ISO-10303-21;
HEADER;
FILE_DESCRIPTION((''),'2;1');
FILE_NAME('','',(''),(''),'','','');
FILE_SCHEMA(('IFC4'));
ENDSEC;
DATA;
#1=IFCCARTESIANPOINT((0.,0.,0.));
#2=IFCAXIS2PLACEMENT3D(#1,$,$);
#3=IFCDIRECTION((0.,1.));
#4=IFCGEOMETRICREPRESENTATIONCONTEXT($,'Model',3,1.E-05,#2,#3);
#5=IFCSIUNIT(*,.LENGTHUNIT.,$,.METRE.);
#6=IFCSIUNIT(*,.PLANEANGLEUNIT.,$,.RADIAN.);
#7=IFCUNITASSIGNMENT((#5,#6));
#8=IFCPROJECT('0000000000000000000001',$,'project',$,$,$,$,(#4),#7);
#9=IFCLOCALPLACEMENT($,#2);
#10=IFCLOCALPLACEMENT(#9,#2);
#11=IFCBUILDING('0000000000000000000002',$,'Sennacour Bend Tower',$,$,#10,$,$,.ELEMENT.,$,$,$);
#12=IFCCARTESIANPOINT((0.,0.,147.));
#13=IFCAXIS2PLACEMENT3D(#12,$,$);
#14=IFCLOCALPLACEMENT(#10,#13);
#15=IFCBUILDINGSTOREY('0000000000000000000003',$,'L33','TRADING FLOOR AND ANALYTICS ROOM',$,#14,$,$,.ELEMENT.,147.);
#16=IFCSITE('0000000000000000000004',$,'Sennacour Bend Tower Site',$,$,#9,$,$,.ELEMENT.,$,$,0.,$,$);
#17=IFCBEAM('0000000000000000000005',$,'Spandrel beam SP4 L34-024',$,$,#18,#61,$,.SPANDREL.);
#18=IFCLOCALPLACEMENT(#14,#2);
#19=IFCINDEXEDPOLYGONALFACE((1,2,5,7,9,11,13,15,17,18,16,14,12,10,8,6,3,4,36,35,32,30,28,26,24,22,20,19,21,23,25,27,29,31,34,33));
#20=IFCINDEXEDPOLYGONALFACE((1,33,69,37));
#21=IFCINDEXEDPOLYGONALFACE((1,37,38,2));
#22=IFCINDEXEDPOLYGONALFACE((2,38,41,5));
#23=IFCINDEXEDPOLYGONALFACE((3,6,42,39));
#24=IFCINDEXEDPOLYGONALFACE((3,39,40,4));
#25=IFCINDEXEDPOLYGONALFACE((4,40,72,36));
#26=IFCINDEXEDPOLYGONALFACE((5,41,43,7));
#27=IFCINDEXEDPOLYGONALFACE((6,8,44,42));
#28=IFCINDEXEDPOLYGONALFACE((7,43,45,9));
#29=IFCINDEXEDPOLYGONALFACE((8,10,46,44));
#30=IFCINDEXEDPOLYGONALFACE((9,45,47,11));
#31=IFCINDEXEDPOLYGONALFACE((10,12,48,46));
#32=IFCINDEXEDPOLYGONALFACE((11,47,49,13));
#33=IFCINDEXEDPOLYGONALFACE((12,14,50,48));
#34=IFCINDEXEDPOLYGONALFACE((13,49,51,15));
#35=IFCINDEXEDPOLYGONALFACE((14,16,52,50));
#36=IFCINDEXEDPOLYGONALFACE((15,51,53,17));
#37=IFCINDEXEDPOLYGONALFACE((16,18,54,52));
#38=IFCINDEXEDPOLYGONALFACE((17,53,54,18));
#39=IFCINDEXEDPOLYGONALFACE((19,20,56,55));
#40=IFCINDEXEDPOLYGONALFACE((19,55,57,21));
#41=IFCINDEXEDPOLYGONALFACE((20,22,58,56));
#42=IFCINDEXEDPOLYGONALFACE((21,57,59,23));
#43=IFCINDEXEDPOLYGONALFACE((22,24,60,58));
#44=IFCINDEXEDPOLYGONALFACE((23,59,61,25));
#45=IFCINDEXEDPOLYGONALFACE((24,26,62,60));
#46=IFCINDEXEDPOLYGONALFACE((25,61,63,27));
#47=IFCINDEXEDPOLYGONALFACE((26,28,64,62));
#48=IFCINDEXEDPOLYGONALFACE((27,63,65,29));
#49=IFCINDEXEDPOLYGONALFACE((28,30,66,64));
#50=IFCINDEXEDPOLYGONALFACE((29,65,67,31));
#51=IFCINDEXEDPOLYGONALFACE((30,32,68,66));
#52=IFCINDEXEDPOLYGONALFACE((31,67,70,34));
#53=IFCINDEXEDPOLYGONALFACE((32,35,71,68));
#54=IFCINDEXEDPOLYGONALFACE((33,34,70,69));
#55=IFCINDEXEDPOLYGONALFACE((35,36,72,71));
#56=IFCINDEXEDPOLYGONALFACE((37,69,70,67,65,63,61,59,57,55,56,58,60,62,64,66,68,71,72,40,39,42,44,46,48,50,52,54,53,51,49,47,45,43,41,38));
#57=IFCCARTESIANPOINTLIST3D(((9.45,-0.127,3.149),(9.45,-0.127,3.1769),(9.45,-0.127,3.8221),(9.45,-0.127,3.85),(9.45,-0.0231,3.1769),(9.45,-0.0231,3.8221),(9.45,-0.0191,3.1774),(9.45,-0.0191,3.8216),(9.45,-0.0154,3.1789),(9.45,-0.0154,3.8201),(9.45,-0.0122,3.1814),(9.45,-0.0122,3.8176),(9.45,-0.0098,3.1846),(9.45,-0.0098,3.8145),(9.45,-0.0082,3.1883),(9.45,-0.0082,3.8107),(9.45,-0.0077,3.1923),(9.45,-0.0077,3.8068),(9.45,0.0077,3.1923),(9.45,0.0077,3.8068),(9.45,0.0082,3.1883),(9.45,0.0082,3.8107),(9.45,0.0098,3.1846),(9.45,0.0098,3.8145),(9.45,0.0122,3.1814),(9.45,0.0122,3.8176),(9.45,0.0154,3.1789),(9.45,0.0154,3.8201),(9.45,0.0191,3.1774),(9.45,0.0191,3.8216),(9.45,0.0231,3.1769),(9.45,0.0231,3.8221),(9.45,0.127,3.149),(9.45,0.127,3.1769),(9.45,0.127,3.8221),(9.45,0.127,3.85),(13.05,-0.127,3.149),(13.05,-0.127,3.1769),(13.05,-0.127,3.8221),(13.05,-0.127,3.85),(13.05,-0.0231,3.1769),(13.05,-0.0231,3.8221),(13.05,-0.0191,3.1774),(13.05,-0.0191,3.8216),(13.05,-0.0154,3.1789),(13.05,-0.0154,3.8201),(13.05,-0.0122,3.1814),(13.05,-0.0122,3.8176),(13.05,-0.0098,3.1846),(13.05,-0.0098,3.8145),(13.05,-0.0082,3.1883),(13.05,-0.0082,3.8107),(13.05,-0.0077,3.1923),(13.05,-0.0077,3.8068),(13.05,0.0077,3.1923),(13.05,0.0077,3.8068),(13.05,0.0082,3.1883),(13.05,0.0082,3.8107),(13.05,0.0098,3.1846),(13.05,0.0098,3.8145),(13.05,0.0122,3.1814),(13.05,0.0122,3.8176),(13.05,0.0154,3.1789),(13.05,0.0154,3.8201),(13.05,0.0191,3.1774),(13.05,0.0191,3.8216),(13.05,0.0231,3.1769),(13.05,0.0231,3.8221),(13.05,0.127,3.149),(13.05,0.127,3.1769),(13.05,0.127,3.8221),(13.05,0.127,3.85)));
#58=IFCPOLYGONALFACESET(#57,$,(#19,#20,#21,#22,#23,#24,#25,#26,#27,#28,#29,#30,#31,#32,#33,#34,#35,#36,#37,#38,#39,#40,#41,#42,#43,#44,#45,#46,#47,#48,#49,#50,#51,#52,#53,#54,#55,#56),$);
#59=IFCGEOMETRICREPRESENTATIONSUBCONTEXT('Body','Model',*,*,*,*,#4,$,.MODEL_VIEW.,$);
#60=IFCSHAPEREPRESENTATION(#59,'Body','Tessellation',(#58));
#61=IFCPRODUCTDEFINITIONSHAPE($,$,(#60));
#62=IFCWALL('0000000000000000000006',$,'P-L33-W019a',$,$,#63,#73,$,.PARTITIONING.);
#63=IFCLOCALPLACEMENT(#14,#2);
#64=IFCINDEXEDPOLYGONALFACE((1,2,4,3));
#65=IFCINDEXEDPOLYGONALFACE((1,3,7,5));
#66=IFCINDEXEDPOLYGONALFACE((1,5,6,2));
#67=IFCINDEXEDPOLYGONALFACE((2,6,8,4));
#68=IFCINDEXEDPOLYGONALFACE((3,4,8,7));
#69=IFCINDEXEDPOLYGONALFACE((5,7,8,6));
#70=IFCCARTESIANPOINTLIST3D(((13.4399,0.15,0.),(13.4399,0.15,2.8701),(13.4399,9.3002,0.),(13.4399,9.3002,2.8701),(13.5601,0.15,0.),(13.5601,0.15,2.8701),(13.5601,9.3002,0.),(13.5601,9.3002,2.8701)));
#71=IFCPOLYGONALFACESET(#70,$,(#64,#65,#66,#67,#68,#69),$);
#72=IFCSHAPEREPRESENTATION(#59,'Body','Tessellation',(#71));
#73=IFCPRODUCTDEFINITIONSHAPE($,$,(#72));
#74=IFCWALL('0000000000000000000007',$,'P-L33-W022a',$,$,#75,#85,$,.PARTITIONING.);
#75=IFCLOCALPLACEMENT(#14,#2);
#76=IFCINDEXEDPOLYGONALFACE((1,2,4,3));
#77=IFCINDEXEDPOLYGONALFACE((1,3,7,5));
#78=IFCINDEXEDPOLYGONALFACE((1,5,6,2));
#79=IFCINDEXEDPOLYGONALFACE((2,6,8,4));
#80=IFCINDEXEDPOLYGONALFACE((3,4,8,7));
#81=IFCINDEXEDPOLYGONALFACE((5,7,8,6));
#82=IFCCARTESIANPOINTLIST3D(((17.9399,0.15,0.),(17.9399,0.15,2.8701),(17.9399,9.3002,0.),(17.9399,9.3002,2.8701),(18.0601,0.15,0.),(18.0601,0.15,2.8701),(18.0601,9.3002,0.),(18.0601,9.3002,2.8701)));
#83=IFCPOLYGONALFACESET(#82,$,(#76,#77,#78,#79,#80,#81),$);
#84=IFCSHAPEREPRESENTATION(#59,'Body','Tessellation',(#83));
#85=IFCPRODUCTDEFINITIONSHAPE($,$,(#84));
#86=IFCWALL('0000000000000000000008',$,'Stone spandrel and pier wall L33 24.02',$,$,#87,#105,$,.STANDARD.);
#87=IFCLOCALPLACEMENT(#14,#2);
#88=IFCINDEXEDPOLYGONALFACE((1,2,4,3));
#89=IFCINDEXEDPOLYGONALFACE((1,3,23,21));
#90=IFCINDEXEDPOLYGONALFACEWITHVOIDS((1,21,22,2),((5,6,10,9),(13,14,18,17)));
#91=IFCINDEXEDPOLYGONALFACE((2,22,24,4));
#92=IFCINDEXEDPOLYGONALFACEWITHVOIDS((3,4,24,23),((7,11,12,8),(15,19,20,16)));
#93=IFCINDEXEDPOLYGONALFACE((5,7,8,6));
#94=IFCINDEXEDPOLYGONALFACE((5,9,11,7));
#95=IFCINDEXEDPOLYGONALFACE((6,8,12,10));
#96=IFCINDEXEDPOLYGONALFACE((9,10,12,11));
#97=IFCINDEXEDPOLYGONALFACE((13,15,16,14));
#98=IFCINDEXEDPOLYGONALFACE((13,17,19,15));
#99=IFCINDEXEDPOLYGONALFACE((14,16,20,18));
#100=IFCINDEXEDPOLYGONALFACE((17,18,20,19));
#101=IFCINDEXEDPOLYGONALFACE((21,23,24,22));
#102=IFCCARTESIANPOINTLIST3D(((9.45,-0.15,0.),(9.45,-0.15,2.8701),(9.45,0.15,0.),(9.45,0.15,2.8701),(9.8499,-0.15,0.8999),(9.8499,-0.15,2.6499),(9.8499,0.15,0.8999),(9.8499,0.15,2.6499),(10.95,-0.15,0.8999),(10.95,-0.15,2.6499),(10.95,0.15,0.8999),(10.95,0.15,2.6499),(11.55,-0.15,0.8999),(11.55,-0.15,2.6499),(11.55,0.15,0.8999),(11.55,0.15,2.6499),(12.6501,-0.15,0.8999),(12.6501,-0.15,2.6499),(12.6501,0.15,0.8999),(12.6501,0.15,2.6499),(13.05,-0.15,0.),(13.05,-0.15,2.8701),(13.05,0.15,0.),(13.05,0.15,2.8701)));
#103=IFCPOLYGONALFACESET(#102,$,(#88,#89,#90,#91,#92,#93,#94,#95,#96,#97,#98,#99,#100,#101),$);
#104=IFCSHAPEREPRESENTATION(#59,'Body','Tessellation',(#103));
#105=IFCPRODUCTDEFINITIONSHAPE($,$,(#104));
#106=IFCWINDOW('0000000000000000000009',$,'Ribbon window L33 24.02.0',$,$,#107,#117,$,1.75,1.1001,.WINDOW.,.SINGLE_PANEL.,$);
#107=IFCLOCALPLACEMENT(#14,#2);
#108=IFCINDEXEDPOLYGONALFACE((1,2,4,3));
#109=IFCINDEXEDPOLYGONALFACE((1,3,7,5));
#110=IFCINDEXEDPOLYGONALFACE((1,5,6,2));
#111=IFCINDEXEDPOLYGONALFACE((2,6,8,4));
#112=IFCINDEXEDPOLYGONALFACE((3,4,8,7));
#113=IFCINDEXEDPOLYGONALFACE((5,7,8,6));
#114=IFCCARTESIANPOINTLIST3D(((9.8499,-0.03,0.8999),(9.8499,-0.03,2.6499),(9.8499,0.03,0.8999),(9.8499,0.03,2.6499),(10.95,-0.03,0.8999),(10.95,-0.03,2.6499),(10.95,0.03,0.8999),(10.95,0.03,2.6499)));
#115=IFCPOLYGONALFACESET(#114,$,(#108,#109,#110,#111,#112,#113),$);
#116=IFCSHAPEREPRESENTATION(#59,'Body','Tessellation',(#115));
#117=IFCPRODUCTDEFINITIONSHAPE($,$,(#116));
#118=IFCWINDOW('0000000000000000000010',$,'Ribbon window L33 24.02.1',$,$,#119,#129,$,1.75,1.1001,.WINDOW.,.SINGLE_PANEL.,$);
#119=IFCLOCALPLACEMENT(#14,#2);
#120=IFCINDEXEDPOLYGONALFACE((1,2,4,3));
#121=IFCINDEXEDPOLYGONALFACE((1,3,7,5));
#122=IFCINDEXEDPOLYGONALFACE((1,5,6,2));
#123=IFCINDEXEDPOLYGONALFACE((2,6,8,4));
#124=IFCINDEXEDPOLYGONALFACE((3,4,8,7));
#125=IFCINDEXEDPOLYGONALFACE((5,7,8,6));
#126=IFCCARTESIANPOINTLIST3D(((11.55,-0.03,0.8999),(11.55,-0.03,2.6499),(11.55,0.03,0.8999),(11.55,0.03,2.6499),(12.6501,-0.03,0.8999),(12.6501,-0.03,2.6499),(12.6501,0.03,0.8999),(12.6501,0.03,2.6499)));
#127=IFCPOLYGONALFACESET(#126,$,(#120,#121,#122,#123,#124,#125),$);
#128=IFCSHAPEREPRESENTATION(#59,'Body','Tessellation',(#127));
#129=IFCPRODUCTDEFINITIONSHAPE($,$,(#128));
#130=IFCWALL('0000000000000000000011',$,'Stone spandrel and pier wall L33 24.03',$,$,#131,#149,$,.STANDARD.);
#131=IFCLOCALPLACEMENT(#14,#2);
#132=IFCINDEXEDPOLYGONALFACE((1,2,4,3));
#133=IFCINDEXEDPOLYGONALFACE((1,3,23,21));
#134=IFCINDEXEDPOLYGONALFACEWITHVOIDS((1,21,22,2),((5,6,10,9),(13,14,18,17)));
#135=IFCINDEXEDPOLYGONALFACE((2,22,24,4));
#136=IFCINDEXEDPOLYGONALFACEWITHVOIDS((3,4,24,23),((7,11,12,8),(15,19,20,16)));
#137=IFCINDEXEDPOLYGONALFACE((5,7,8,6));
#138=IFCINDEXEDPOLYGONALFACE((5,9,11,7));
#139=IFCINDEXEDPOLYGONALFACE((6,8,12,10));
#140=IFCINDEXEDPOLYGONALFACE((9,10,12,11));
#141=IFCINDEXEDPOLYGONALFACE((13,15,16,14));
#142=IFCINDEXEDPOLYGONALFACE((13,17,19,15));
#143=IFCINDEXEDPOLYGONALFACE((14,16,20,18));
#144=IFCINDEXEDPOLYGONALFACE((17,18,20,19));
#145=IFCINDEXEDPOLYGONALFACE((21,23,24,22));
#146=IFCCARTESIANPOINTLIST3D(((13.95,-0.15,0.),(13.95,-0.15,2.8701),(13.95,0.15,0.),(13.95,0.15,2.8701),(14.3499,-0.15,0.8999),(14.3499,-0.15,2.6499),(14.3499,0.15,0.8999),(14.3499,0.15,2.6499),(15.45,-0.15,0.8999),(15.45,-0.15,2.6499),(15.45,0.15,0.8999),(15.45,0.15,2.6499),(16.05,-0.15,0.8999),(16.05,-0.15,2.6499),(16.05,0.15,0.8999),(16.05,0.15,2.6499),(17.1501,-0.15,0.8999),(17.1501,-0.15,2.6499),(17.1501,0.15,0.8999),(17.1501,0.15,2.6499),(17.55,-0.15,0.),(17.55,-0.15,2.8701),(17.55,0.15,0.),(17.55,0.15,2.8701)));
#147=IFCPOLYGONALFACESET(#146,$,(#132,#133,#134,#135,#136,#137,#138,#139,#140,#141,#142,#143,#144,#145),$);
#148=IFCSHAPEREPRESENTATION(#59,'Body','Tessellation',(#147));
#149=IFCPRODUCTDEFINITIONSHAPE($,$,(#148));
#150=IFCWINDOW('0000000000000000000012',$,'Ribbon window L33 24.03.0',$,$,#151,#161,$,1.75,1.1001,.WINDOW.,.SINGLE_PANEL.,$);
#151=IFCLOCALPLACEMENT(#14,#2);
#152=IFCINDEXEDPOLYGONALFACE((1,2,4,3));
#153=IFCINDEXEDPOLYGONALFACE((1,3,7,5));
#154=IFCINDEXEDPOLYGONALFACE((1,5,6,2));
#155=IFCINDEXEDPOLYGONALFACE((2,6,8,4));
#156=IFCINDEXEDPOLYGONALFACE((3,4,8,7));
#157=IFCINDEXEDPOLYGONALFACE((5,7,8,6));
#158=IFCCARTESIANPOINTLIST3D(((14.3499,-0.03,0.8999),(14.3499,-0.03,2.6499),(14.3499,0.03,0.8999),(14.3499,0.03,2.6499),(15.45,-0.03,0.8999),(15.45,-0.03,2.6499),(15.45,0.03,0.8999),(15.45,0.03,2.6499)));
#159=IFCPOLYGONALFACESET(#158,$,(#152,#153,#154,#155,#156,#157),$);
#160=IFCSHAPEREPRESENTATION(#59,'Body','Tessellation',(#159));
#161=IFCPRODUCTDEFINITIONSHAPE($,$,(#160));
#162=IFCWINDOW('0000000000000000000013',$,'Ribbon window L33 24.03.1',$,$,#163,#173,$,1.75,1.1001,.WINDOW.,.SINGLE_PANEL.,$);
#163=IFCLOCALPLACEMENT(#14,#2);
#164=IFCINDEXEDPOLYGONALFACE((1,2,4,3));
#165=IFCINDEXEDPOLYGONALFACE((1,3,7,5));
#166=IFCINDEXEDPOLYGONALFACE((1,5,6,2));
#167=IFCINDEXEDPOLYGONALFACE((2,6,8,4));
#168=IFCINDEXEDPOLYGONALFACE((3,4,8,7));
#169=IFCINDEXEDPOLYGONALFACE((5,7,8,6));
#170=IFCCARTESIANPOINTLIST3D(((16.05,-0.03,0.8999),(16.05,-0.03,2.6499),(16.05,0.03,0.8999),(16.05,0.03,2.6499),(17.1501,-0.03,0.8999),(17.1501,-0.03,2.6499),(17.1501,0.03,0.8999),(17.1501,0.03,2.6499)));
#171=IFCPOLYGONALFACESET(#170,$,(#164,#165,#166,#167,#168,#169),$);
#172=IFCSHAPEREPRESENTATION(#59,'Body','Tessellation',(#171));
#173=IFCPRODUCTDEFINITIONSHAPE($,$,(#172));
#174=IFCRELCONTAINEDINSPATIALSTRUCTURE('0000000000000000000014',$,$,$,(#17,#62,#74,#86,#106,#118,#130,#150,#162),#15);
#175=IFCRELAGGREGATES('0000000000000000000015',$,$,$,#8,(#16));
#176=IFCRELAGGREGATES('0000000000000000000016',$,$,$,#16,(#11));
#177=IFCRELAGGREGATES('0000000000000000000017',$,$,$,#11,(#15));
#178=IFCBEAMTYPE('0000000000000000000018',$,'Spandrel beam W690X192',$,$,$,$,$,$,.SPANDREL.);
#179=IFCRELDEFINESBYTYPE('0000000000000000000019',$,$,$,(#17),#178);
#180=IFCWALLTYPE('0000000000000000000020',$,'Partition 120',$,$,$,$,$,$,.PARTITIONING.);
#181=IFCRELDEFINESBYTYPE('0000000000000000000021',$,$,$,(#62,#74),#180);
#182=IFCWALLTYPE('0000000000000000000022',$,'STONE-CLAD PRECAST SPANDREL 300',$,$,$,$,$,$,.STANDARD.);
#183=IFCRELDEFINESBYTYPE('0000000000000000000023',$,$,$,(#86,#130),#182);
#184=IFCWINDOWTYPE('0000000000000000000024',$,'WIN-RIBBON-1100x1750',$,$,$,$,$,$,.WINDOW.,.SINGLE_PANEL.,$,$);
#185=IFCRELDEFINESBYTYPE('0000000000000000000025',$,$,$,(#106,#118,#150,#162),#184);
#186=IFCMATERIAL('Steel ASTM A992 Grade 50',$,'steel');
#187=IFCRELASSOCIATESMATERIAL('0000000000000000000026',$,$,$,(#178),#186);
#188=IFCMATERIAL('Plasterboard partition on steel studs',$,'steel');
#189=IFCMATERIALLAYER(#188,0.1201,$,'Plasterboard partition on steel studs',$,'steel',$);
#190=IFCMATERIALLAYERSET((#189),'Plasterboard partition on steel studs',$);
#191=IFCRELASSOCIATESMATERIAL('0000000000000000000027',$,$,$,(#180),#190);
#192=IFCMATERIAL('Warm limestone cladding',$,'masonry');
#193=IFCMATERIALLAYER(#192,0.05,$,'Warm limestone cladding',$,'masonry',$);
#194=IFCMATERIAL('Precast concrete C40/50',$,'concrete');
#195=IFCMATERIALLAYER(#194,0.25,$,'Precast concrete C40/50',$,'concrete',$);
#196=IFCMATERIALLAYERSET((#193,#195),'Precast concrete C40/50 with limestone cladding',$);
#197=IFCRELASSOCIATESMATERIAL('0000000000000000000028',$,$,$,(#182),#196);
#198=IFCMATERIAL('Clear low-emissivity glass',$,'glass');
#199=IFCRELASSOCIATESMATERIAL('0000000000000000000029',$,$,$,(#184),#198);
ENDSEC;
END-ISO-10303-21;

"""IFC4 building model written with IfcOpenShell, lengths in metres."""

from ifc_helpers import new_model, si_unit, direction, frame, frame_2d, origin, origin_2d, place, context, subcontext, project, spatial, rectangle, i_section, extrude, material, layer, layer_set, material_profile, profile_set, type_object, element, fill, save


model = new_model("IFC4")

# Units and contexts
model_context = context("Model", 3, precision=1e-05, world=origin(), true_north=direction((0.0, 1.0)))
body_context = subcontext(model_context, "Body", "Model", "MODEL_VIEW")
ifc_project = project(units=[si_unit("LENGTHUNIT", "METRE"), si_unit("PLANEANGLEUNIT", "RADIAN")], contexts=[model_context])

# Site, building, storey
site_placement = place(None, origin())
site = spatial("IfcSite", under=ifc_project, at=site_placement, Name="Sennacour Bend Tower Site", CompositionType="ELEMENT", RefElevation=0.0)
building_placement = place(site_placement, origin())
building = spatial("IfcBuilding", under=site, at=building_placement, Name="Sennacour Bend Tower", CompositionType="ELEMENT")
storey_placement = place(building_placement, frame((0.0, 0.0, 147.0)))
storey = spatial("IfcBuildingStorey", under=building, at=storey_placement, Name="L33", Description="TRADING FLOOR AND ANALYTICS ROOM", CompositionType="ELEMENT", Elevation=147.0)

# Beam
ifc_material_1 = material(Name="Steel ASTM A992 Grade 50", Category="steel")
ifc_material_profile_1 = material_profile(ifc_material_1, i_section(OverallWidth=0.2539, OverallDepth=0.7009, WebThickness=0.0154, FlangeThickness=0.0278, FilletRadius=0.0154, at=origin_2d()), Name="Steel ASTM A992 Grade 50", Category="steel")
ifc_profile_set_1 = profile_set([ifc_material_profile_1], Name="Steel ASTM A992 Grade 50")
beam_type_1 = type_object("IfcBeamType", Name="Spandrel beam W690X192", PredefinedType="SPANDREL", material=ifc_profile_set_1)
for number, where, z_axis, x_axis, name in (
    (1, (13.05, 0.0, 3.4995), (-1.0, 0.0, 0.0), (0.0, -1.0, 0.0), "Spandrel beam SP4 L34-024"),
):
    element("IfcBeam", number, at=place(storey_placement, frame(where, z_axis=z_axis, x_axis=x_axis)), inside=storey, type_object=beam_type_1, Name=name, PredefinedType="SPANDREL", context=body_context, shape_type="SweptSolid", body=[
        extrude(i_section(OverallWidth=0.2539, OverallDepth=0.7009, WebThickness=0.0154, FlangeThickness=0.0278, FilletRadius=0.0154, at=origin_2d()), origin(), (0.0, 0.0, 1.0), 3.6001),
    ])

# Walls
ifc_material_2 = material(Name="Plasterboard partition on steel studs", Category="steel")
ifc_layer_1 = layer(ifc_material_2, 0.1201, Name="Plasterboard partition on steel studs", Category="steel")
ifc_layer_set_1 = layer_set([ifc_layer_1], Name="Plasterboard partition on steel studs")
wall_type_1 = type_object("IfcWallType", Name="Partition 120", PredefinedType="PARTITIONING", material=ifc_layer_set_1)
for number, where, z_axis, x_axis, name in (
    (2, (13.5, 0.1499, 0.0), (0.0, 0.0, 1.0), (0.0, 1.0, 0.0), "P-L33-W019a"),
    (3, (18.0, 0.1499, 0.0), (0.0, 0.0, 1.0), (0.0, 1.0, 0.0), "P-L33-W022a"),
):
    element("IfcWall", number, at=place(storey_placement, frame(where, z_axis=z_axis, x_axis=x_axis)), inside=storey, type_object=wall_type_1, Name=name, PredefinedType="PARTITIONING", context=body_context, shape_type="SweptSolid", body=[
        extrude(rectangle(XDim=9.1501, YDim=0.1201, at=frame_2d((4.5752, 0.0))), origin(), (0.0, 0.0, 1.0), 2.8701),
    ])

# Walls, openings, windows
ifc_material_3 = material(Name="Warm limestone cladding", Category="masonry")
ifc_layer_2 = layer(ifc_material_3, 0.05, Name="Warm limestone cladding", Category="masonry")
ifc_material_4 = material(Name="Precast concrete C40/50", Category="concrete")
ifc_layer_3 = layer(ifc_material_4, 0.25, Name="Precast concrete C40/50", Category="concrete")
ifc_layer_set_2 = layer_set([ifc_layer_2, ifc_layer_3], Name="Precast concrete C40/50 with limestone cladding")
wall_type_2 = type_object("IfcWallType", Name="STONE-CLAD PRECAST SPANDREL 300", PredefinedType="STANDARD", material=ifc_layer_set_2)
wall_1_placement = place(storey_placement, frame((9.45, 0.0, 0.0), z_axis=(0.0, 0.0, 1.0), x_axis=(1.0, 0.0, 0.0)))
wall_1 = element("IfcWall", 4, at=wall_1_placement, inside=storey, type_object=wall_type_2, Name="Stone spandrel and pier wall L33 24.02", PredefinedType="STANDARD", context=body_context, shape_type="SweptSolid", body=[
    extrude(rectangle(XDim=3.6001, YDim=0.3, at=frame_2d((1.8, 0.0))), origin(), (0.0, 0.0, 1.0), 2.8701),
])
opening_1_placement = place(wall_1_placement, frame((0.3999, 0.0, 0.8999)))
opening_1 = element("IfcOpeningElement", 5, at=opening_1_placement, cuts=wall_1, PredefinedType="OPENING", context=body_context, shape_type="SweptSolid", body=[
    extrude(rectangle(XDim=1.1001, YDim=1.75, at=frame_2d((0.55, 0.875))), frame((0.0, 0.1602, 0.0), z_axis=(0.0, -1.0, 0.0), x_axis=(1.0, 0.0, 0.0)), (0.0, 0.0, 1.0), 0.3201),
])
opening_2_placement = place(wall_1_placement, frame((2.1001, 0.0, 0.8999)))
opening_2 = element("IfcOpeningElement", 6, at=opening_2_placement, cuts=wall_1, PredefinedType="OPENING", context=body_context, shape_type="SweptSolid", body=[
    extrude(rectangle(XDim=1.1001, YDim=1.75, at=frame_2d((0.55, 0.875))), frame((0.0, 0.1602, 0.0), z_axis=(0.0, -1.0, 0.0), x_axis=(1.0, 0.0, 0.0)), (0.0, 0.0, 1.0), 0.3201),
])
ifc_material_5 = material(Name="Clear low-emissivity glass", Category="glass")
window_type = type_object("IfcWindowType", Name="WIN-RIBBON-1100x1750", PartitioningType="SINGLE_PANEL", PredefinedType="WINDOW", material=ifc_material_5)
window_1_placement = place(opening_1_placement, origin())
window_1 = element("IfcWindow", 7, at=window_1_placement, inside=storey, type_object=window_type, Name="Ribbon window L33 24.02.0", OverallHeight=1.75, OverallWidth=1.1001, PartitioningType="SINGLE_PANEL", PredefinedType="WINDOW", context=body_context, shape_type="SweptSolid", body=[
    extrude(rectangle(XDim=1.1001, YDim=1.75, at=frame_2d((0.55, 0.875))), frame((0.0, 0.03, 0.0), z_axis=(0.0, -1.0, 0.0), x_axis=(1.0, 0.0, 0.0)), (0.0, 0.0, 1.0), 0.0601),
])
fill(opening_1, window_1)
window_2_placement = place(opening_2_placement, origin())
window_2 = element("IfcWindow", 8, at=window_2_placement, inside=storey, type_object=window_type, Name="Ribbon window L33 24.02.1", OverallHeight=1.75, OverallWidth=1.1001, PartitioningType="SINGLE_PANEL", PredefinedType="WINDOW", context=body_context, shape_type="SweptSolid", body=[
    extrude(rectangle(XDim=1.1001, YDim=1.75, at=frame_2d((0.55, 0.875))), frame((0.0, 0.03, 0.0), z_axis=(0.0, -1.0, 0.0), x_axis=(1.0, 0.0, 0.0)), (0.0, 0.0, 1.0), 0.0601),
])
fill(opening_2, window_2)
wall_2_placement = place(storey_placement, frame((13.95, 0.0, 0.0), z_axis=(0.0, 0.0, 1.0), x_axis=(1.0, 0.0, 0.0)))
wall_2 = element("IfcWall", 9, at=wall_2_placement, inside=storey, type_object=wall_type_2, Name="Stone spandrel and pier wall L33 24.03", PredefinedType="STANDARD", context=body_context, shape_type="SweptSolid", body=[
    extrude(rectangle(XDim=3.6001, YDim=0.3, at=frame_2d((1.8, 0.0))), origin(), (0.0, 0.0, 1.0), 2.8701),
])
opening_3_placement = place(wall_2_placement, frame((0.3999, 0.0, 0.8999)))
opening_3 = element("IfcOpeningElement", 10, at=opening_3_placement, cuts=wall_2, PredefinedType="OPENING", context=body_context, shape_type="SweptSolid", body=[
    extrude(rectangle(XDim=1.1001, YDim=1.75, at=frame_2d((0.55, 0.875))), frame((0.0, 0.1602, 0.0), z_axis=(0.0, -1.0, 0.0), x_axis=(1.0, 0.0, 0.0)), (0.0, 0.0, 1.0), 0.3201),
])
opening_4_placement = place(wall_2_placement, frame((2.1001, 0.0, 0.8999)))
opening_4 = element("IfcOpeningElement", 11, at=opening_4_placement, cuts=wall_2, PredefinedType="OPENING", context=body_context, shape_type="SweptSolid", body=[
    extrude(rectangle(XDim=1.1001, YDim=1.75, at=frame_2d((0.55, 0.875))), frame((0.0, 0.1602, 0.0), z_axis=(0.0, -1.0, 0.0), x_axis=(1.0, 0.0, 0.0)), (0.0, 0.0, 1.0), 0.3201),
])
window_3_placement = place(opening_3_placement, origin())
window_3 = element("IfcWindow", 12, at=window_3_placement, inside=storey, type_object=window_type, Name="Ribbon window L33 24.03.0", OverallHeight=1.75, OverallWidth=1.1001, PartitioningType="SINGLE_PANEL", PredefinedType="WINDOW", context=body_context, shape_type="SweptSolid", body=[
    extrude(rectangle(XDim=1.1001, YDim=1.75, at=frame_2d((0.55, 0.875))), frame((0.0, 0.03, 0.0), z_axis=(0.0, -1.0, 0.0), x_axis=(1.0, 0.0, 0.0)), (0.0, 0.0, 1.0), 0.0601),
])
fill(opening_3, window_3)
window_4_placement = place(opening_4_placement, origin())
window_4 = element("IfcWindow", 13, at=window_4_placement, inside=storey, type_object=window_type, Name="Ribbon window L33 24.03.1", OverallHeight=1.75, OverallWidth=1.1001, PartitioningType="SINGLE_PANEL", PredefinedType="WINDOW", context=body_context, shape_type="SweptSolid", body=[
    extrude(rectangle(XDim=1.1001, YDim=1.75, at=frame_2d((0.55, 0.875))), frame((0.0, 0.03, 0.0), z_axis=(0.0, -1.0, 0.0), x_axis=(1.0, 0.0, 0.0)), (0.0, 0.0, 1.0), 0.0601),
])
fill(opening_4, window_4)

save(model, "model.ifc")
